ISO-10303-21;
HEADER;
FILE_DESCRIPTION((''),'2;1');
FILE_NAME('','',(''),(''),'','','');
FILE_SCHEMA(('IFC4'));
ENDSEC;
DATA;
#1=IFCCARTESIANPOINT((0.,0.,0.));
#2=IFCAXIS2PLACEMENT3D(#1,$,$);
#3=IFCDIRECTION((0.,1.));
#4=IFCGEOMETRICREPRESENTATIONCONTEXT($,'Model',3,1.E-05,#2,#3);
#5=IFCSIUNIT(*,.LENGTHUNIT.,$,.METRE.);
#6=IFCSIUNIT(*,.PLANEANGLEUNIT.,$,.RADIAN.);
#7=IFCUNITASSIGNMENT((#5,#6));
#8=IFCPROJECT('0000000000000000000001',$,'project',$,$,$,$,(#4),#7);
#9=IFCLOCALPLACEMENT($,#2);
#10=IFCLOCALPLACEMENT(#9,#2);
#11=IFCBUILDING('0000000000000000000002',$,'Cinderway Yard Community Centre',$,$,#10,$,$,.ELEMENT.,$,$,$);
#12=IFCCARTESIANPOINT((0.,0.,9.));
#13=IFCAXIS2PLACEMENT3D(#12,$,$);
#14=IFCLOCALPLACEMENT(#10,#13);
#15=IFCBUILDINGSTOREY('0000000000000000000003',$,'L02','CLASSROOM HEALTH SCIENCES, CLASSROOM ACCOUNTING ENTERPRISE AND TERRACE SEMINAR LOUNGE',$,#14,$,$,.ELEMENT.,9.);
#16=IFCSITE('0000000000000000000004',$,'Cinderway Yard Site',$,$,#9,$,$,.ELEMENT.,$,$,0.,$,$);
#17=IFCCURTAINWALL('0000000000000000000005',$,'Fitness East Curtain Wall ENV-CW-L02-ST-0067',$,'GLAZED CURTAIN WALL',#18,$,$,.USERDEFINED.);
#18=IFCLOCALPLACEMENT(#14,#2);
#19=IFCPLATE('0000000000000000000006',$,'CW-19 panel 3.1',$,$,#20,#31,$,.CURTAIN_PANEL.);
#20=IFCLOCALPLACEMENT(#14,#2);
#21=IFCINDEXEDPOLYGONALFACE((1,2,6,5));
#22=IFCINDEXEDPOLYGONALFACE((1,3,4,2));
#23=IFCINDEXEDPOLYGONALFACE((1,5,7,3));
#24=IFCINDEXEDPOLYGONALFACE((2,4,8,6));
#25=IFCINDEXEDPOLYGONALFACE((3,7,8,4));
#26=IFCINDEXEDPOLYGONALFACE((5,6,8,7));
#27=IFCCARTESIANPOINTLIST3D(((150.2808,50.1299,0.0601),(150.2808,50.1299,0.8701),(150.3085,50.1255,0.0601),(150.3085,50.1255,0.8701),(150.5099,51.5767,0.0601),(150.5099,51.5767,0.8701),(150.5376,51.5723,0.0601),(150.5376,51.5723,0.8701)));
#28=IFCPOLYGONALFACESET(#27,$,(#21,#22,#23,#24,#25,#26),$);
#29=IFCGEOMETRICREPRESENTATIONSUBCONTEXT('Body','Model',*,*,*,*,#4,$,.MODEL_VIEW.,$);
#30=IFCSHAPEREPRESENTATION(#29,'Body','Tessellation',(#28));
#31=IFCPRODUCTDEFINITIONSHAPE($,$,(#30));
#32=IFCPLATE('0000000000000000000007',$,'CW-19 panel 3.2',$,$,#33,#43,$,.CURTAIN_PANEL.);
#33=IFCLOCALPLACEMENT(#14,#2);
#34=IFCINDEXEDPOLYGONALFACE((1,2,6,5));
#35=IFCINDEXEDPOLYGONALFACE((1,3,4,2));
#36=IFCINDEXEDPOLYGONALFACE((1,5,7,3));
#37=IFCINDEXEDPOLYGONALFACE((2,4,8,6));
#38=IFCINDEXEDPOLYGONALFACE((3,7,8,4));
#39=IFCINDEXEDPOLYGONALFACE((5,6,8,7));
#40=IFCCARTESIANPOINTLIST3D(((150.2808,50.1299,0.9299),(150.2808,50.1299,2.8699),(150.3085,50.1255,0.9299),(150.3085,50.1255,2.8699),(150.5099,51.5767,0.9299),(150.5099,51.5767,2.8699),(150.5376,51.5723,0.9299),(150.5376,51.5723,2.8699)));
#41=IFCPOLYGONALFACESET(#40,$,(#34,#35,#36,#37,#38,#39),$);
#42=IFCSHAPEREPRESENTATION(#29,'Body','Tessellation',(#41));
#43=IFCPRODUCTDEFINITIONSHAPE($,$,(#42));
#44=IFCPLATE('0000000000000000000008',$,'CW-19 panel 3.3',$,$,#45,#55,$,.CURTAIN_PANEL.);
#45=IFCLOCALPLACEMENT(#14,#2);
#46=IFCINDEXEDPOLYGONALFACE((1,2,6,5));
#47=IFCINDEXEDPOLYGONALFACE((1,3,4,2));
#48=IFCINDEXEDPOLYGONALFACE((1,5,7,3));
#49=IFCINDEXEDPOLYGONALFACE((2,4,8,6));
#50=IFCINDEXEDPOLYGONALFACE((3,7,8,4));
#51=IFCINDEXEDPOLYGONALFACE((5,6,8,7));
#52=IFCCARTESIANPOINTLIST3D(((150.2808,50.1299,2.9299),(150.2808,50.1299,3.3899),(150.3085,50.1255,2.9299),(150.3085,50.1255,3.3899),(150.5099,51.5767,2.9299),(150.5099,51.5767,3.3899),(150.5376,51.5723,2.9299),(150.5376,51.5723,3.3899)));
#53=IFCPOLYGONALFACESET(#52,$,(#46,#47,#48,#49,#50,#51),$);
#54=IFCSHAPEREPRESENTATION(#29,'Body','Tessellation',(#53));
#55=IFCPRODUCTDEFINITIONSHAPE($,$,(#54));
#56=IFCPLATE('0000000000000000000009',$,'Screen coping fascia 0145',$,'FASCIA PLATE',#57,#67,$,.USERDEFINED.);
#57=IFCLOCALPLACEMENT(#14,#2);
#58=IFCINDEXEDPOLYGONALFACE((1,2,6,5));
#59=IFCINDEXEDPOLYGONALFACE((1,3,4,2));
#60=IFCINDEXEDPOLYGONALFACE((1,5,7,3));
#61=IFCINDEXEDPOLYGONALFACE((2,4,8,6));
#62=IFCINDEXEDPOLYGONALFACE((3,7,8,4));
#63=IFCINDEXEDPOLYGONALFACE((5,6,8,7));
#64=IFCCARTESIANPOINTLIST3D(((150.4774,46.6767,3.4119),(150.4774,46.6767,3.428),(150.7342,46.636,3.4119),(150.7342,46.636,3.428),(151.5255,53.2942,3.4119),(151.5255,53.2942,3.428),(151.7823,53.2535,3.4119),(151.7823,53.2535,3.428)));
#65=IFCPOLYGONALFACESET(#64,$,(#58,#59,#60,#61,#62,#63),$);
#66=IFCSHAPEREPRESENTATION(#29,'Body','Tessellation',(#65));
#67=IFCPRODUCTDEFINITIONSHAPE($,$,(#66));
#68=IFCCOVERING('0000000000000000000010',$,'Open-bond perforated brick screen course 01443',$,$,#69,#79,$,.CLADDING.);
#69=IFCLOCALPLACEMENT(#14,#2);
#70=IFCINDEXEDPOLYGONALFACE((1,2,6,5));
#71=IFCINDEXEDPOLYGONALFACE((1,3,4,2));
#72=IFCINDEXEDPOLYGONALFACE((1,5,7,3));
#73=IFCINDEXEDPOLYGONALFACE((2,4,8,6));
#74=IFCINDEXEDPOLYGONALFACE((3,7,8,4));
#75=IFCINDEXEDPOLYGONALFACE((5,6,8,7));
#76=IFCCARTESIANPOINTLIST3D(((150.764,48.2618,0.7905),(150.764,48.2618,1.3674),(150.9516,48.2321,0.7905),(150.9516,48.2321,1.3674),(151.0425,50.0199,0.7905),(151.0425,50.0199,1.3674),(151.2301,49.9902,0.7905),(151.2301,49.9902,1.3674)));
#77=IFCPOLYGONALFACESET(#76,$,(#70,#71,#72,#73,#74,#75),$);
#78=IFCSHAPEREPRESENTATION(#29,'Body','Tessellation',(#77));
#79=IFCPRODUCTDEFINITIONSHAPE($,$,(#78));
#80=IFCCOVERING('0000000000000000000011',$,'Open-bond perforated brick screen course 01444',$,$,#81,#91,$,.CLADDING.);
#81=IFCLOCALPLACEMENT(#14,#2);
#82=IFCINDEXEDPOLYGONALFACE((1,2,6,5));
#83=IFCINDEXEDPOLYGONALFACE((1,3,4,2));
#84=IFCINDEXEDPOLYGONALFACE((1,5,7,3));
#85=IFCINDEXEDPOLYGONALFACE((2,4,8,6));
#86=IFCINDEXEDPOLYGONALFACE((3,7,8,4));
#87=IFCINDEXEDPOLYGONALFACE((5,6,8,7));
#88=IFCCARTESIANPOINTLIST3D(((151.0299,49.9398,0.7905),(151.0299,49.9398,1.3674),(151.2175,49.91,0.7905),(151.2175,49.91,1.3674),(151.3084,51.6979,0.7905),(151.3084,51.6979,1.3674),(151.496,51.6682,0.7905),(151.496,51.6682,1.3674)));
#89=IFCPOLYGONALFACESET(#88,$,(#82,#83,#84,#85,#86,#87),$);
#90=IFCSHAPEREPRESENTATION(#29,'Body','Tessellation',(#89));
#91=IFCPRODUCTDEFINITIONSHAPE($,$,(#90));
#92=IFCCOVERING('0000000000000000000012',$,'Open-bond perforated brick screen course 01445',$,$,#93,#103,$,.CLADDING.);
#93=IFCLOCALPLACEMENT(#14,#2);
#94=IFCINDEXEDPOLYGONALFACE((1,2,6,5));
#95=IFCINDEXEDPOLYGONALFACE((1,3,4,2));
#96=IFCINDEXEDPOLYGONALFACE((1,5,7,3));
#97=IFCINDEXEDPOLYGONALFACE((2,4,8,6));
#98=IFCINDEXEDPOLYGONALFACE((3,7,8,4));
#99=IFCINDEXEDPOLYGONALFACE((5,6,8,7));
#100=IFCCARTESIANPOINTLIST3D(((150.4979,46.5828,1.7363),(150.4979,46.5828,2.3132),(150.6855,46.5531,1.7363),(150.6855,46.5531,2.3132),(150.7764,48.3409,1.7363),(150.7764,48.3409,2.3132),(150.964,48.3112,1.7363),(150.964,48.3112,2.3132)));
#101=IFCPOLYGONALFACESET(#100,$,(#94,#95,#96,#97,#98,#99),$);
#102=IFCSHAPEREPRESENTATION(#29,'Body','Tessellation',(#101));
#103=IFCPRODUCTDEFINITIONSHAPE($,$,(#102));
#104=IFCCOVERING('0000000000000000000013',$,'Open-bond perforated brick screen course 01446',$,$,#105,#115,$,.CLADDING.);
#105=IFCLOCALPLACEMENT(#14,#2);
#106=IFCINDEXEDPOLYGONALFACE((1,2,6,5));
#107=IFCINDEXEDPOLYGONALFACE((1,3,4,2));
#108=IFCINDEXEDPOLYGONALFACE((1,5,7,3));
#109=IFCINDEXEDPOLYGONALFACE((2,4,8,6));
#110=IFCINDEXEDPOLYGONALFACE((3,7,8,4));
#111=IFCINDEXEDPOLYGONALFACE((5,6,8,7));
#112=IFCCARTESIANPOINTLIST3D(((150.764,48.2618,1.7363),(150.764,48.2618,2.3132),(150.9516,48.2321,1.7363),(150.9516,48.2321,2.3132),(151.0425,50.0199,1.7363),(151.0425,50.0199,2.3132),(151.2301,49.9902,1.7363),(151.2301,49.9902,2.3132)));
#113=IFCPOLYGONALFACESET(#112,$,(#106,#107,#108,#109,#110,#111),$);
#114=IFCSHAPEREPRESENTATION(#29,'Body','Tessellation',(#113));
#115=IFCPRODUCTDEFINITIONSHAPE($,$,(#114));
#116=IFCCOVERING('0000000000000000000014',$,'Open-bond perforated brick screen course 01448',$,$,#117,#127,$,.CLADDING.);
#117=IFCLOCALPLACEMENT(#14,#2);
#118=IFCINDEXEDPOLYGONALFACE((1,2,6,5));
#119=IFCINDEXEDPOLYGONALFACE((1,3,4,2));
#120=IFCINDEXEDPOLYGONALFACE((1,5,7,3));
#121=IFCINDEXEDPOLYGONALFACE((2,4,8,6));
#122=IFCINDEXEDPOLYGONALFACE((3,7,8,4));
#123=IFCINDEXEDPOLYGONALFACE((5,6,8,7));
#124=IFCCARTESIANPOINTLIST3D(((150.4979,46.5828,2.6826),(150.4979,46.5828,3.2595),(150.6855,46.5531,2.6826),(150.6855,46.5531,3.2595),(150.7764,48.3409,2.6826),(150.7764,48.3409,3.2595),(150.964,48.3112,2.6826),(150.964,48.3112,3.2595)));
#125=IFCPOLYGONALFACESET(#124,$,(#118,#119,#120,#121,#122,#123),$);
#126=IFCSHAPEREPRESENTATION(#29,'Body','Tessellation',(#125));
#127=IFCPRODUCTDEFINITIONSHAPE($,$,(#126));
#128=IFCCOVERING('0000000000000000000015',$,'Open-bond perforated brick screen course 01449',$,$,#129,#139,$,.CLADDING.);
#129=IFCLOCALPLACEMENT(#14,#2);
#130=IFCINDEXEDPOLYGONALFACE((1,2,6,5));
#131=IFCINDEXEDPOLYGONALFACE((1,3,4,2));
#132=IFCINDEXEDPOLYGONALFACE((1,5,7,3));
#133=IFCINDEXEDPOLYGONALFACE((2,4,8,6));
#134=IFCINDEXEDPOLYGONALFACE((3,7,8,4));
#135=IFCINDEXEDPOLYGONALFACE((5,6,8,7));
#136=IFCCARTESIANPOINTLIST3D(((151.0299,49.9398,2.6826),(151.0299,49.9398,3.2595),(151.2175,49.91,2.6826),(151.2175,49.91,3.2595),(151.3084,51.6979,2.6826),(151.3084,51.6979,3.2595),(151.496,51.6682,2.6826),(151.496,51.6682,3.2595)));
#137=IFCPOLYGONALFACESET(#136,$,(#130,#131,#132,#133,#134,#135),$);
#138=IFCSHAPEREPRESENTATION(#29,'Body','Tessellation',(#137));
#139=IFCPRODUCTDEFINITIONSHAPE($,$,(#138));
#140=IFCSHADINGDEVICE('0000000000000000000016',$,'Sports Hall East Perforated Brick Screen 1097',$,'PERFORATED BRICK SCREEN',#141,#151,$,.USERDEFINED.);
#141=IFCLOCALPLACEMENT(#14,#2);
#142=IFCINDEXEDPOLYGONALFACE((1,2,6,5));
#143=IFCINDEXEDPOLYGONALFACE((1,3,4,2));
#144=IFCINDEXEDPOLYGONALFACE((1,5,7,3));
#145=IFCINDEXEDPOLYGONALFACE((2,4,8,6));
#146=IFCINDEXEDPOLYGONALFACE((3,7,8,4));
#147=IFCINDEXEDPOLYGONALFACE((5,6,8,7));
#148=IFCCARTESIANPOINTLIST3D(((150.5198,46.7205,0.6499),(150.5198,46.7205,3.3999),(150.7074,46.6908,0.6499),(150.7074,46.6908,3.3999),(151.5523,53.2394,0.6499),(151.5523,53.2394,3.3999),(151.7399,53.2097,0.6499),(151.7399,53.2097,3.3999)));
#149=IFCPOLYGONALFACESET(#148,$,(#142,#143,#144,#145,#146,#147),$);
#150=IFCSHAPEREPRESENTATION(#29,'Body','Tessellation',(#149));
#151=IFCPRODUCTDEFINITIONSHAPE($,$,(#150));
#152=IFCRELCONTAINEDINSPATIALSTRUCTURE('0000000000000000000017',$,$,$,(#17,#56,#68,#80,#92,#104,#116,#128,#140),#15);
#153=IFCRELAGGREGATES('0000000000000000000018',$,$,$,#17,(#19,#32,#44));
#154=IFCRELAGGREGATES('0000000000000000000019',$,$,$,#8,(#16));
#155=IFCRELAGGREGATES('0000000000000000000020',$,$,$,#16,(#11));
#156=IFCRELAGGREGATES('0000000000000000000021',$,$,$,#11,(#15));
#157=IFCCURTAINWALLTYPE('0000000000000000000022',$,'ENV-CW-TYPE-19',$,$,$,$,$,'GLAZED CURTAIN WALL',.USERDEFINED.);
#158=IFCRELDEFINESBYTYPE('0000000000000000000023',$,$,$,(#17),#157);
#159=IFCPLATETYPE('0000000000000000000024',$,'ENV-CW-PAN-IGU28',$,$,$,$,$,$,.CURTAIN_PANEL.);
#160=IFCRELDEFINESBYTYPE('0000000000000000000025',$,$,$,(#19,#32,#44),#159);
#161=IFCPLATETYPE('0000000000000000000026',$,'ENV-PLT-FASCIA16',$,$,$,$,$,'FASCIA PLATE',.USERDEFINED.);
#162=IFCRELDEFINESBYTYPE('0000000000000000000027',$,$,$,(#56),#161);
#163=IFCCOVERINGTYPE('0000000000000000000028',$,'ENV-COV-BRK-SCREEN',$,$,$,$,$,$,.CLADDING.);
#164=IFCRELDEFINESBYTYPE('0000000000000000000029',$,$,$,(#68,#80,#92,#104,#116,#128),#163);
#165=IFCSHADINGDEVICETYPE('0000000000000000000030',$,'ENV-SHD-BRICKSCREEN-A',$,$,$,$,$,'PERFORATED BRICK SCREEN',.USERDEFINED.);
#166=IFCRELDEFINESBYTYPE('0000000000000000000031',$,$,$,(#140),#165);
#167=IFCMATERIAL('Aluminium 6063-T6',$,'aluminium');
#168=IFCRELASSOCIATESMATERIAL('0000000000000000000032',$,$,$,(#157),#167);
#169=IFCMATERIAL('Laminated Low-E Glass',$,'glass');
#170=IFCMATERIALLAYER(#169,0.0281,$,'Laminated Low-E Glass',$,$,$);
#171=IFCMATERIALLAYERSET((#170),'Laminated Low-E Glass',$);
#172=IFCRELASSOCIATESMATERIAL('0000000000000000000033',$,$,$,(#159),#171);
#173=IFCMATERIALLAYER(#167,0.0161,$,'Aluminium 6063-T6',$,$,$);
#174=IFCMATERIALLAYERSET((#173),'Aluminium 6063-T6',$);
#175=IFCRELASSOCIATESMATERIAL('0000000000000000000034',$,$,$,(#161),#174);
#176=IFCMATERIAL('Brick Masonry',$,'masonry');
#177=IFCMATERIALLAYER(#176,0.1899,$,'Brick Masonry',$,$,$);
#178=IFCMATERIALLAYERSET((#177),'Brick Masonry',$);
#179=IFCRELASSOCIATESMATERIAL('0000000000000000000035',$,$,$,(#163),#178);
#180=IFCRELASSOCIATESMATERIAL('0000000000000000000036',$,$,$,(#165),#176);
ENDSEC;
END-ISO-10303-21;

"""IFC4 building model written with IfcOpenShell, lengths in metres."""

from ifc_helpers import new_model, si_unit, direction, frame, origin, origin_2d, place, context, subcontext, project, spatial, rectangle, extrude, material, layer, layer_set, type_object, element, aggregate, save


model = new_model("IFC4")

# Units and contexts
model_context = context("Model", 3, precision=1e-05, world=origin(), true_north=direction((0.0, 1.0)))
body_context = subcontext(model_context, "Body", "Model", "MODEL_VIEW")
ifc_project = project(units=[si_unit("LENGTHUNIT", "METRE"), si_unit("PLANEANGLEUNIT", "RADIAN")], contexts=[model_context])

# Site, building, storey
site_placement = place(None, origin())
site = spatial("IfcSite", under=ifc_project, at=site_placement, Name="Cinderway Yard Site", CompositionType="ELEMENT", RefElevation=0.0)
building_placement = place(site_placement, origin())
building = spatial("IfcBuilding", under=site, at=building_placement, Name="Cinderway Yard Community Centre", CompositionType="ELEMENT")
storey_placement = place(building_placement, frame((0.0, 0.0, 9.0)))
storey = spatial("IfcBuildingStorey", under=building, at=storey_placement, Name="L02", Description="CLASSROOM HEALTH SCIENCES, CLASSROOM ACCOUNTING ENTERPRISE AND TERRACE SEMINAR LOUNGE", CompositionType="ELEMENT", Elevation=9.0)

# Curtain wall
ifc_material_1 = material(Name="Aluminium 6063-T6", Category="aluminium")
curtain_wall_type = type_object("IfcCurtainWallType", Name="ENV-CW-TYPE-19", ElementType="GLAZED CURTAIN WALL", PredefinedType="USERDEFINED", material=ifc_material_1)
curtain_wall_placement = place(storey_placement, origin())
curtain_wall = element("IfcCurtainWall", 1, at=curtain_wall_placement, inside=storey, type_object=curtain_wall_type, Name="Fitness East Curtain Wall ENV-CW-L02-ST-0067", ObjectType="GLAZED CURTAIN WALL", PredefinedType="USERDEFINED")

# Plates
ifc_material_2 = material(Name="Laminated Low-E Glass", Category="glass")
ifc_layer_1 = layer(ifc_material_2, 0.0281, Name="Laminated Low-E Glass")
ifc_layer_set_1 = layer_set([ifc_layer_1], Name="Laminated Low-E Glass")
plate_type_1 = type_object("IfcPlateType", Name="ENV-CW-PAN-IGU28", PredefinedType="CURTAIN_PANEL", material=ifc_layer_set_1)
plate_1_placement = place(storey_placement, frame((150.4092, 50.8511, 0.0601), z_axis=(0.0, 0.0, 1.0), x_axis=(0.156417, 0.987691, 0.0)))
plate_1 = element("IfcPlate", 2, at=plate_1_placement, type_object=plate_type_1, Name="CW-19 panel 3.1", PredefinedType="CURTAIN_PANEL", context=body_context, shape_type="SweptSolid", body=[
    extrude(rectangle(XDim=1.4648, YDim=0.0281, at=origin_2d()), origin(), (0.0, 0.0, 1.0), 0.8101),
])
plate_2_placement = place(storey_placement, frame((150.4092, 50.8511, 0.9299), z_axis=(0.0, 0.0, 1.0), x_axis=(0.156417, 0.987691, 0.0)))
plate_2 = element("IfcPlate", 3, at=plate_2_placement, type_object=plate_type_1, Name="CW-19 panel 3.2", PredefinedType="CURTAIN_PANEL", context=body_context, shape_type="SweptSolid", body=[
    extrude(rectangle(XDim=1.4648, YDim=0.0281, at=origin_2d()), origin(), (0.0, 0.0, 1.0), 1.9399),
])
plate_3_placement = place(storey_placement, frame((150.4092, 50.8511, 2.9299), z_axis=(0.0, 0.0, 1.0), x_axis=(0.156417, 0.987691, 0.0)))
plate_3 = element("IfcPlate", 4, at=plate_3_placement, type_object=plate_type_1, Name="CW-19 panel 3.3", PredefinedType="CURTAIN_PANEL", context=body_context, shape_type="SweptSolid", body=[
    extrude(rectangle(XDim=1.4648, YDim=0.0281, at=origin_2d()), origin(), (0.0, 0.0, 1.0), 0.46),
])
aggregate(curtain_wall, [plate_1, plate_2, plate_3])
ifc_layer_2 = layer(ifc_material_1, 0.0161, Name="Aluminium 6063-T6")
ifc_layer_set_2 = layer_set([ifc_layer_2], Name="Aluminium 6063-T6")
plate_type_2 = type_object("IfcPlateType", Name="ENV-PLT-FASCIA16", ElementType="FASCIA PLATE", PredefinedType="USERDEFINED", material=ifc_layer_set_2)
plate_4_placement = place(storey_placement, frame((151.1299, 49.9651, 3.4119), z_axis=(0.0, 0.0, 1.0), x_axis=(-0.156434, -0.987688, 0.0)))
element("IfcPlate", 5, at=plate_4_placement, inside=storey, type_object=plate_type_2, Name="Screen coping fascia 0145", ObjectType="FASCIA PLATE", PredefinedType="USERDEFINED", context=body_context, shape_type="SweptSolid", body=[
    extrude(rectangle(XDim=6.7, YDim=0.26, at=origin_2d()), origin(), (0.0, 0.0, 1.0), 0.0161),
])

# Coverings
ifc_material_3 = material(Name="Brick Masonry", Category="masonry")
ifc_layer_3 = layer(ifc_material_3, 0.1899, Name="Brick Masonry")
ifc_layer_set_3 = layer_set([ifc_layer_3], Name="Brick Masonry")
covering_type = type_object("IfcCoveringType", Name="ENV-COV-BRK-SCREEN", PredefinedType="CLADDING", material=ifc_layer_set_3)
for number, where, z_axis, x_axis, name in (
    (6, (150.9971, 49.126, 0.7905), (0.0, 0.0, 1.0), (-0.156434, -0.987688, 0.0), "Open-bond perforated brick screen course 01443"),
    (7, (151.2629, 50.804, 0.7905), (0.0, 0.0, 1.0), (-0.156434, -0.987688, 0.0), "Open-bond perforated brick screen course 01444"),
    (8, (150.731, 47.447, 1.7363), (0.0, 0.0, 1.0), (-0.156434, -0.987688, 0.0), "Open-bond perforated brick screen course 01445"),
    (9, (150.9971, 49.126, 1.7363), (0.0, 0.0, 1.0), (-0.156434, -0.987688, 0.0), "Open-bond perforated brick screen course 01446"),
    (10, (150.731, 47.447, 2.6826), (0.0, 0.0, 1.0), (-0.156434, -0.987688, 0.0), "Open-bond perforated brick screen course 01448"),
    (11, (151.2629, 50.804, 2.6826), (0.0, 0.0, 1.0), (-0.156434, -0.987688, 0.0), "Open-bond perforated brick screen course 01449"),
):
    element("IfcCovering", number, at=place(storey_placement, frame(where, z_axis=z_axis, x_axis=x_axis)), inside=storey, type_object=covering_type, Name=name, PredefinedType="CLADDING", context=body_context, shape_type="SweptSolid", body=[
        extrude(rectangle(XDim=1.78, YDim=0.1899, at=origin_2d()), origin(), (0.0, 0.0, 1.0), 0.5769),
    ])

# Shading device
shading_device_type = type_object("IfcShadingDeviceType", Name="ENV-SHD-BRICKSCREEN-A", ElementType="PERFORATED BRICK SCREEN", PredefinedType="USERDEFINED", material=ifc_material_3)
shading_device_placement = place(storey_placement, frame((151.1299, 49.9651, 0.6499), z_axis=(0.0, 0.0, 1.0), x_axis=(-0.156434, -0.987688, 0.0)))
element("IfcShadingDevice", 12, at=shading_device_placement, inside=storey, type_object=shading_device_type, Name="Sports Hall East Perforated Brick Screen 1097", ObjectType="PERFORATED BRICK SCREEN", PredefinedType="USERDEFINED", context=body_context, shape_type="SweptSolid", body=[
    extrude(rectangle(XDim=6.6001, YDim=0.1899, at=origin_2d()), origin(), (0.0, 0.0, 1.0), 2.75),
])

save(model, "model.ifc")
